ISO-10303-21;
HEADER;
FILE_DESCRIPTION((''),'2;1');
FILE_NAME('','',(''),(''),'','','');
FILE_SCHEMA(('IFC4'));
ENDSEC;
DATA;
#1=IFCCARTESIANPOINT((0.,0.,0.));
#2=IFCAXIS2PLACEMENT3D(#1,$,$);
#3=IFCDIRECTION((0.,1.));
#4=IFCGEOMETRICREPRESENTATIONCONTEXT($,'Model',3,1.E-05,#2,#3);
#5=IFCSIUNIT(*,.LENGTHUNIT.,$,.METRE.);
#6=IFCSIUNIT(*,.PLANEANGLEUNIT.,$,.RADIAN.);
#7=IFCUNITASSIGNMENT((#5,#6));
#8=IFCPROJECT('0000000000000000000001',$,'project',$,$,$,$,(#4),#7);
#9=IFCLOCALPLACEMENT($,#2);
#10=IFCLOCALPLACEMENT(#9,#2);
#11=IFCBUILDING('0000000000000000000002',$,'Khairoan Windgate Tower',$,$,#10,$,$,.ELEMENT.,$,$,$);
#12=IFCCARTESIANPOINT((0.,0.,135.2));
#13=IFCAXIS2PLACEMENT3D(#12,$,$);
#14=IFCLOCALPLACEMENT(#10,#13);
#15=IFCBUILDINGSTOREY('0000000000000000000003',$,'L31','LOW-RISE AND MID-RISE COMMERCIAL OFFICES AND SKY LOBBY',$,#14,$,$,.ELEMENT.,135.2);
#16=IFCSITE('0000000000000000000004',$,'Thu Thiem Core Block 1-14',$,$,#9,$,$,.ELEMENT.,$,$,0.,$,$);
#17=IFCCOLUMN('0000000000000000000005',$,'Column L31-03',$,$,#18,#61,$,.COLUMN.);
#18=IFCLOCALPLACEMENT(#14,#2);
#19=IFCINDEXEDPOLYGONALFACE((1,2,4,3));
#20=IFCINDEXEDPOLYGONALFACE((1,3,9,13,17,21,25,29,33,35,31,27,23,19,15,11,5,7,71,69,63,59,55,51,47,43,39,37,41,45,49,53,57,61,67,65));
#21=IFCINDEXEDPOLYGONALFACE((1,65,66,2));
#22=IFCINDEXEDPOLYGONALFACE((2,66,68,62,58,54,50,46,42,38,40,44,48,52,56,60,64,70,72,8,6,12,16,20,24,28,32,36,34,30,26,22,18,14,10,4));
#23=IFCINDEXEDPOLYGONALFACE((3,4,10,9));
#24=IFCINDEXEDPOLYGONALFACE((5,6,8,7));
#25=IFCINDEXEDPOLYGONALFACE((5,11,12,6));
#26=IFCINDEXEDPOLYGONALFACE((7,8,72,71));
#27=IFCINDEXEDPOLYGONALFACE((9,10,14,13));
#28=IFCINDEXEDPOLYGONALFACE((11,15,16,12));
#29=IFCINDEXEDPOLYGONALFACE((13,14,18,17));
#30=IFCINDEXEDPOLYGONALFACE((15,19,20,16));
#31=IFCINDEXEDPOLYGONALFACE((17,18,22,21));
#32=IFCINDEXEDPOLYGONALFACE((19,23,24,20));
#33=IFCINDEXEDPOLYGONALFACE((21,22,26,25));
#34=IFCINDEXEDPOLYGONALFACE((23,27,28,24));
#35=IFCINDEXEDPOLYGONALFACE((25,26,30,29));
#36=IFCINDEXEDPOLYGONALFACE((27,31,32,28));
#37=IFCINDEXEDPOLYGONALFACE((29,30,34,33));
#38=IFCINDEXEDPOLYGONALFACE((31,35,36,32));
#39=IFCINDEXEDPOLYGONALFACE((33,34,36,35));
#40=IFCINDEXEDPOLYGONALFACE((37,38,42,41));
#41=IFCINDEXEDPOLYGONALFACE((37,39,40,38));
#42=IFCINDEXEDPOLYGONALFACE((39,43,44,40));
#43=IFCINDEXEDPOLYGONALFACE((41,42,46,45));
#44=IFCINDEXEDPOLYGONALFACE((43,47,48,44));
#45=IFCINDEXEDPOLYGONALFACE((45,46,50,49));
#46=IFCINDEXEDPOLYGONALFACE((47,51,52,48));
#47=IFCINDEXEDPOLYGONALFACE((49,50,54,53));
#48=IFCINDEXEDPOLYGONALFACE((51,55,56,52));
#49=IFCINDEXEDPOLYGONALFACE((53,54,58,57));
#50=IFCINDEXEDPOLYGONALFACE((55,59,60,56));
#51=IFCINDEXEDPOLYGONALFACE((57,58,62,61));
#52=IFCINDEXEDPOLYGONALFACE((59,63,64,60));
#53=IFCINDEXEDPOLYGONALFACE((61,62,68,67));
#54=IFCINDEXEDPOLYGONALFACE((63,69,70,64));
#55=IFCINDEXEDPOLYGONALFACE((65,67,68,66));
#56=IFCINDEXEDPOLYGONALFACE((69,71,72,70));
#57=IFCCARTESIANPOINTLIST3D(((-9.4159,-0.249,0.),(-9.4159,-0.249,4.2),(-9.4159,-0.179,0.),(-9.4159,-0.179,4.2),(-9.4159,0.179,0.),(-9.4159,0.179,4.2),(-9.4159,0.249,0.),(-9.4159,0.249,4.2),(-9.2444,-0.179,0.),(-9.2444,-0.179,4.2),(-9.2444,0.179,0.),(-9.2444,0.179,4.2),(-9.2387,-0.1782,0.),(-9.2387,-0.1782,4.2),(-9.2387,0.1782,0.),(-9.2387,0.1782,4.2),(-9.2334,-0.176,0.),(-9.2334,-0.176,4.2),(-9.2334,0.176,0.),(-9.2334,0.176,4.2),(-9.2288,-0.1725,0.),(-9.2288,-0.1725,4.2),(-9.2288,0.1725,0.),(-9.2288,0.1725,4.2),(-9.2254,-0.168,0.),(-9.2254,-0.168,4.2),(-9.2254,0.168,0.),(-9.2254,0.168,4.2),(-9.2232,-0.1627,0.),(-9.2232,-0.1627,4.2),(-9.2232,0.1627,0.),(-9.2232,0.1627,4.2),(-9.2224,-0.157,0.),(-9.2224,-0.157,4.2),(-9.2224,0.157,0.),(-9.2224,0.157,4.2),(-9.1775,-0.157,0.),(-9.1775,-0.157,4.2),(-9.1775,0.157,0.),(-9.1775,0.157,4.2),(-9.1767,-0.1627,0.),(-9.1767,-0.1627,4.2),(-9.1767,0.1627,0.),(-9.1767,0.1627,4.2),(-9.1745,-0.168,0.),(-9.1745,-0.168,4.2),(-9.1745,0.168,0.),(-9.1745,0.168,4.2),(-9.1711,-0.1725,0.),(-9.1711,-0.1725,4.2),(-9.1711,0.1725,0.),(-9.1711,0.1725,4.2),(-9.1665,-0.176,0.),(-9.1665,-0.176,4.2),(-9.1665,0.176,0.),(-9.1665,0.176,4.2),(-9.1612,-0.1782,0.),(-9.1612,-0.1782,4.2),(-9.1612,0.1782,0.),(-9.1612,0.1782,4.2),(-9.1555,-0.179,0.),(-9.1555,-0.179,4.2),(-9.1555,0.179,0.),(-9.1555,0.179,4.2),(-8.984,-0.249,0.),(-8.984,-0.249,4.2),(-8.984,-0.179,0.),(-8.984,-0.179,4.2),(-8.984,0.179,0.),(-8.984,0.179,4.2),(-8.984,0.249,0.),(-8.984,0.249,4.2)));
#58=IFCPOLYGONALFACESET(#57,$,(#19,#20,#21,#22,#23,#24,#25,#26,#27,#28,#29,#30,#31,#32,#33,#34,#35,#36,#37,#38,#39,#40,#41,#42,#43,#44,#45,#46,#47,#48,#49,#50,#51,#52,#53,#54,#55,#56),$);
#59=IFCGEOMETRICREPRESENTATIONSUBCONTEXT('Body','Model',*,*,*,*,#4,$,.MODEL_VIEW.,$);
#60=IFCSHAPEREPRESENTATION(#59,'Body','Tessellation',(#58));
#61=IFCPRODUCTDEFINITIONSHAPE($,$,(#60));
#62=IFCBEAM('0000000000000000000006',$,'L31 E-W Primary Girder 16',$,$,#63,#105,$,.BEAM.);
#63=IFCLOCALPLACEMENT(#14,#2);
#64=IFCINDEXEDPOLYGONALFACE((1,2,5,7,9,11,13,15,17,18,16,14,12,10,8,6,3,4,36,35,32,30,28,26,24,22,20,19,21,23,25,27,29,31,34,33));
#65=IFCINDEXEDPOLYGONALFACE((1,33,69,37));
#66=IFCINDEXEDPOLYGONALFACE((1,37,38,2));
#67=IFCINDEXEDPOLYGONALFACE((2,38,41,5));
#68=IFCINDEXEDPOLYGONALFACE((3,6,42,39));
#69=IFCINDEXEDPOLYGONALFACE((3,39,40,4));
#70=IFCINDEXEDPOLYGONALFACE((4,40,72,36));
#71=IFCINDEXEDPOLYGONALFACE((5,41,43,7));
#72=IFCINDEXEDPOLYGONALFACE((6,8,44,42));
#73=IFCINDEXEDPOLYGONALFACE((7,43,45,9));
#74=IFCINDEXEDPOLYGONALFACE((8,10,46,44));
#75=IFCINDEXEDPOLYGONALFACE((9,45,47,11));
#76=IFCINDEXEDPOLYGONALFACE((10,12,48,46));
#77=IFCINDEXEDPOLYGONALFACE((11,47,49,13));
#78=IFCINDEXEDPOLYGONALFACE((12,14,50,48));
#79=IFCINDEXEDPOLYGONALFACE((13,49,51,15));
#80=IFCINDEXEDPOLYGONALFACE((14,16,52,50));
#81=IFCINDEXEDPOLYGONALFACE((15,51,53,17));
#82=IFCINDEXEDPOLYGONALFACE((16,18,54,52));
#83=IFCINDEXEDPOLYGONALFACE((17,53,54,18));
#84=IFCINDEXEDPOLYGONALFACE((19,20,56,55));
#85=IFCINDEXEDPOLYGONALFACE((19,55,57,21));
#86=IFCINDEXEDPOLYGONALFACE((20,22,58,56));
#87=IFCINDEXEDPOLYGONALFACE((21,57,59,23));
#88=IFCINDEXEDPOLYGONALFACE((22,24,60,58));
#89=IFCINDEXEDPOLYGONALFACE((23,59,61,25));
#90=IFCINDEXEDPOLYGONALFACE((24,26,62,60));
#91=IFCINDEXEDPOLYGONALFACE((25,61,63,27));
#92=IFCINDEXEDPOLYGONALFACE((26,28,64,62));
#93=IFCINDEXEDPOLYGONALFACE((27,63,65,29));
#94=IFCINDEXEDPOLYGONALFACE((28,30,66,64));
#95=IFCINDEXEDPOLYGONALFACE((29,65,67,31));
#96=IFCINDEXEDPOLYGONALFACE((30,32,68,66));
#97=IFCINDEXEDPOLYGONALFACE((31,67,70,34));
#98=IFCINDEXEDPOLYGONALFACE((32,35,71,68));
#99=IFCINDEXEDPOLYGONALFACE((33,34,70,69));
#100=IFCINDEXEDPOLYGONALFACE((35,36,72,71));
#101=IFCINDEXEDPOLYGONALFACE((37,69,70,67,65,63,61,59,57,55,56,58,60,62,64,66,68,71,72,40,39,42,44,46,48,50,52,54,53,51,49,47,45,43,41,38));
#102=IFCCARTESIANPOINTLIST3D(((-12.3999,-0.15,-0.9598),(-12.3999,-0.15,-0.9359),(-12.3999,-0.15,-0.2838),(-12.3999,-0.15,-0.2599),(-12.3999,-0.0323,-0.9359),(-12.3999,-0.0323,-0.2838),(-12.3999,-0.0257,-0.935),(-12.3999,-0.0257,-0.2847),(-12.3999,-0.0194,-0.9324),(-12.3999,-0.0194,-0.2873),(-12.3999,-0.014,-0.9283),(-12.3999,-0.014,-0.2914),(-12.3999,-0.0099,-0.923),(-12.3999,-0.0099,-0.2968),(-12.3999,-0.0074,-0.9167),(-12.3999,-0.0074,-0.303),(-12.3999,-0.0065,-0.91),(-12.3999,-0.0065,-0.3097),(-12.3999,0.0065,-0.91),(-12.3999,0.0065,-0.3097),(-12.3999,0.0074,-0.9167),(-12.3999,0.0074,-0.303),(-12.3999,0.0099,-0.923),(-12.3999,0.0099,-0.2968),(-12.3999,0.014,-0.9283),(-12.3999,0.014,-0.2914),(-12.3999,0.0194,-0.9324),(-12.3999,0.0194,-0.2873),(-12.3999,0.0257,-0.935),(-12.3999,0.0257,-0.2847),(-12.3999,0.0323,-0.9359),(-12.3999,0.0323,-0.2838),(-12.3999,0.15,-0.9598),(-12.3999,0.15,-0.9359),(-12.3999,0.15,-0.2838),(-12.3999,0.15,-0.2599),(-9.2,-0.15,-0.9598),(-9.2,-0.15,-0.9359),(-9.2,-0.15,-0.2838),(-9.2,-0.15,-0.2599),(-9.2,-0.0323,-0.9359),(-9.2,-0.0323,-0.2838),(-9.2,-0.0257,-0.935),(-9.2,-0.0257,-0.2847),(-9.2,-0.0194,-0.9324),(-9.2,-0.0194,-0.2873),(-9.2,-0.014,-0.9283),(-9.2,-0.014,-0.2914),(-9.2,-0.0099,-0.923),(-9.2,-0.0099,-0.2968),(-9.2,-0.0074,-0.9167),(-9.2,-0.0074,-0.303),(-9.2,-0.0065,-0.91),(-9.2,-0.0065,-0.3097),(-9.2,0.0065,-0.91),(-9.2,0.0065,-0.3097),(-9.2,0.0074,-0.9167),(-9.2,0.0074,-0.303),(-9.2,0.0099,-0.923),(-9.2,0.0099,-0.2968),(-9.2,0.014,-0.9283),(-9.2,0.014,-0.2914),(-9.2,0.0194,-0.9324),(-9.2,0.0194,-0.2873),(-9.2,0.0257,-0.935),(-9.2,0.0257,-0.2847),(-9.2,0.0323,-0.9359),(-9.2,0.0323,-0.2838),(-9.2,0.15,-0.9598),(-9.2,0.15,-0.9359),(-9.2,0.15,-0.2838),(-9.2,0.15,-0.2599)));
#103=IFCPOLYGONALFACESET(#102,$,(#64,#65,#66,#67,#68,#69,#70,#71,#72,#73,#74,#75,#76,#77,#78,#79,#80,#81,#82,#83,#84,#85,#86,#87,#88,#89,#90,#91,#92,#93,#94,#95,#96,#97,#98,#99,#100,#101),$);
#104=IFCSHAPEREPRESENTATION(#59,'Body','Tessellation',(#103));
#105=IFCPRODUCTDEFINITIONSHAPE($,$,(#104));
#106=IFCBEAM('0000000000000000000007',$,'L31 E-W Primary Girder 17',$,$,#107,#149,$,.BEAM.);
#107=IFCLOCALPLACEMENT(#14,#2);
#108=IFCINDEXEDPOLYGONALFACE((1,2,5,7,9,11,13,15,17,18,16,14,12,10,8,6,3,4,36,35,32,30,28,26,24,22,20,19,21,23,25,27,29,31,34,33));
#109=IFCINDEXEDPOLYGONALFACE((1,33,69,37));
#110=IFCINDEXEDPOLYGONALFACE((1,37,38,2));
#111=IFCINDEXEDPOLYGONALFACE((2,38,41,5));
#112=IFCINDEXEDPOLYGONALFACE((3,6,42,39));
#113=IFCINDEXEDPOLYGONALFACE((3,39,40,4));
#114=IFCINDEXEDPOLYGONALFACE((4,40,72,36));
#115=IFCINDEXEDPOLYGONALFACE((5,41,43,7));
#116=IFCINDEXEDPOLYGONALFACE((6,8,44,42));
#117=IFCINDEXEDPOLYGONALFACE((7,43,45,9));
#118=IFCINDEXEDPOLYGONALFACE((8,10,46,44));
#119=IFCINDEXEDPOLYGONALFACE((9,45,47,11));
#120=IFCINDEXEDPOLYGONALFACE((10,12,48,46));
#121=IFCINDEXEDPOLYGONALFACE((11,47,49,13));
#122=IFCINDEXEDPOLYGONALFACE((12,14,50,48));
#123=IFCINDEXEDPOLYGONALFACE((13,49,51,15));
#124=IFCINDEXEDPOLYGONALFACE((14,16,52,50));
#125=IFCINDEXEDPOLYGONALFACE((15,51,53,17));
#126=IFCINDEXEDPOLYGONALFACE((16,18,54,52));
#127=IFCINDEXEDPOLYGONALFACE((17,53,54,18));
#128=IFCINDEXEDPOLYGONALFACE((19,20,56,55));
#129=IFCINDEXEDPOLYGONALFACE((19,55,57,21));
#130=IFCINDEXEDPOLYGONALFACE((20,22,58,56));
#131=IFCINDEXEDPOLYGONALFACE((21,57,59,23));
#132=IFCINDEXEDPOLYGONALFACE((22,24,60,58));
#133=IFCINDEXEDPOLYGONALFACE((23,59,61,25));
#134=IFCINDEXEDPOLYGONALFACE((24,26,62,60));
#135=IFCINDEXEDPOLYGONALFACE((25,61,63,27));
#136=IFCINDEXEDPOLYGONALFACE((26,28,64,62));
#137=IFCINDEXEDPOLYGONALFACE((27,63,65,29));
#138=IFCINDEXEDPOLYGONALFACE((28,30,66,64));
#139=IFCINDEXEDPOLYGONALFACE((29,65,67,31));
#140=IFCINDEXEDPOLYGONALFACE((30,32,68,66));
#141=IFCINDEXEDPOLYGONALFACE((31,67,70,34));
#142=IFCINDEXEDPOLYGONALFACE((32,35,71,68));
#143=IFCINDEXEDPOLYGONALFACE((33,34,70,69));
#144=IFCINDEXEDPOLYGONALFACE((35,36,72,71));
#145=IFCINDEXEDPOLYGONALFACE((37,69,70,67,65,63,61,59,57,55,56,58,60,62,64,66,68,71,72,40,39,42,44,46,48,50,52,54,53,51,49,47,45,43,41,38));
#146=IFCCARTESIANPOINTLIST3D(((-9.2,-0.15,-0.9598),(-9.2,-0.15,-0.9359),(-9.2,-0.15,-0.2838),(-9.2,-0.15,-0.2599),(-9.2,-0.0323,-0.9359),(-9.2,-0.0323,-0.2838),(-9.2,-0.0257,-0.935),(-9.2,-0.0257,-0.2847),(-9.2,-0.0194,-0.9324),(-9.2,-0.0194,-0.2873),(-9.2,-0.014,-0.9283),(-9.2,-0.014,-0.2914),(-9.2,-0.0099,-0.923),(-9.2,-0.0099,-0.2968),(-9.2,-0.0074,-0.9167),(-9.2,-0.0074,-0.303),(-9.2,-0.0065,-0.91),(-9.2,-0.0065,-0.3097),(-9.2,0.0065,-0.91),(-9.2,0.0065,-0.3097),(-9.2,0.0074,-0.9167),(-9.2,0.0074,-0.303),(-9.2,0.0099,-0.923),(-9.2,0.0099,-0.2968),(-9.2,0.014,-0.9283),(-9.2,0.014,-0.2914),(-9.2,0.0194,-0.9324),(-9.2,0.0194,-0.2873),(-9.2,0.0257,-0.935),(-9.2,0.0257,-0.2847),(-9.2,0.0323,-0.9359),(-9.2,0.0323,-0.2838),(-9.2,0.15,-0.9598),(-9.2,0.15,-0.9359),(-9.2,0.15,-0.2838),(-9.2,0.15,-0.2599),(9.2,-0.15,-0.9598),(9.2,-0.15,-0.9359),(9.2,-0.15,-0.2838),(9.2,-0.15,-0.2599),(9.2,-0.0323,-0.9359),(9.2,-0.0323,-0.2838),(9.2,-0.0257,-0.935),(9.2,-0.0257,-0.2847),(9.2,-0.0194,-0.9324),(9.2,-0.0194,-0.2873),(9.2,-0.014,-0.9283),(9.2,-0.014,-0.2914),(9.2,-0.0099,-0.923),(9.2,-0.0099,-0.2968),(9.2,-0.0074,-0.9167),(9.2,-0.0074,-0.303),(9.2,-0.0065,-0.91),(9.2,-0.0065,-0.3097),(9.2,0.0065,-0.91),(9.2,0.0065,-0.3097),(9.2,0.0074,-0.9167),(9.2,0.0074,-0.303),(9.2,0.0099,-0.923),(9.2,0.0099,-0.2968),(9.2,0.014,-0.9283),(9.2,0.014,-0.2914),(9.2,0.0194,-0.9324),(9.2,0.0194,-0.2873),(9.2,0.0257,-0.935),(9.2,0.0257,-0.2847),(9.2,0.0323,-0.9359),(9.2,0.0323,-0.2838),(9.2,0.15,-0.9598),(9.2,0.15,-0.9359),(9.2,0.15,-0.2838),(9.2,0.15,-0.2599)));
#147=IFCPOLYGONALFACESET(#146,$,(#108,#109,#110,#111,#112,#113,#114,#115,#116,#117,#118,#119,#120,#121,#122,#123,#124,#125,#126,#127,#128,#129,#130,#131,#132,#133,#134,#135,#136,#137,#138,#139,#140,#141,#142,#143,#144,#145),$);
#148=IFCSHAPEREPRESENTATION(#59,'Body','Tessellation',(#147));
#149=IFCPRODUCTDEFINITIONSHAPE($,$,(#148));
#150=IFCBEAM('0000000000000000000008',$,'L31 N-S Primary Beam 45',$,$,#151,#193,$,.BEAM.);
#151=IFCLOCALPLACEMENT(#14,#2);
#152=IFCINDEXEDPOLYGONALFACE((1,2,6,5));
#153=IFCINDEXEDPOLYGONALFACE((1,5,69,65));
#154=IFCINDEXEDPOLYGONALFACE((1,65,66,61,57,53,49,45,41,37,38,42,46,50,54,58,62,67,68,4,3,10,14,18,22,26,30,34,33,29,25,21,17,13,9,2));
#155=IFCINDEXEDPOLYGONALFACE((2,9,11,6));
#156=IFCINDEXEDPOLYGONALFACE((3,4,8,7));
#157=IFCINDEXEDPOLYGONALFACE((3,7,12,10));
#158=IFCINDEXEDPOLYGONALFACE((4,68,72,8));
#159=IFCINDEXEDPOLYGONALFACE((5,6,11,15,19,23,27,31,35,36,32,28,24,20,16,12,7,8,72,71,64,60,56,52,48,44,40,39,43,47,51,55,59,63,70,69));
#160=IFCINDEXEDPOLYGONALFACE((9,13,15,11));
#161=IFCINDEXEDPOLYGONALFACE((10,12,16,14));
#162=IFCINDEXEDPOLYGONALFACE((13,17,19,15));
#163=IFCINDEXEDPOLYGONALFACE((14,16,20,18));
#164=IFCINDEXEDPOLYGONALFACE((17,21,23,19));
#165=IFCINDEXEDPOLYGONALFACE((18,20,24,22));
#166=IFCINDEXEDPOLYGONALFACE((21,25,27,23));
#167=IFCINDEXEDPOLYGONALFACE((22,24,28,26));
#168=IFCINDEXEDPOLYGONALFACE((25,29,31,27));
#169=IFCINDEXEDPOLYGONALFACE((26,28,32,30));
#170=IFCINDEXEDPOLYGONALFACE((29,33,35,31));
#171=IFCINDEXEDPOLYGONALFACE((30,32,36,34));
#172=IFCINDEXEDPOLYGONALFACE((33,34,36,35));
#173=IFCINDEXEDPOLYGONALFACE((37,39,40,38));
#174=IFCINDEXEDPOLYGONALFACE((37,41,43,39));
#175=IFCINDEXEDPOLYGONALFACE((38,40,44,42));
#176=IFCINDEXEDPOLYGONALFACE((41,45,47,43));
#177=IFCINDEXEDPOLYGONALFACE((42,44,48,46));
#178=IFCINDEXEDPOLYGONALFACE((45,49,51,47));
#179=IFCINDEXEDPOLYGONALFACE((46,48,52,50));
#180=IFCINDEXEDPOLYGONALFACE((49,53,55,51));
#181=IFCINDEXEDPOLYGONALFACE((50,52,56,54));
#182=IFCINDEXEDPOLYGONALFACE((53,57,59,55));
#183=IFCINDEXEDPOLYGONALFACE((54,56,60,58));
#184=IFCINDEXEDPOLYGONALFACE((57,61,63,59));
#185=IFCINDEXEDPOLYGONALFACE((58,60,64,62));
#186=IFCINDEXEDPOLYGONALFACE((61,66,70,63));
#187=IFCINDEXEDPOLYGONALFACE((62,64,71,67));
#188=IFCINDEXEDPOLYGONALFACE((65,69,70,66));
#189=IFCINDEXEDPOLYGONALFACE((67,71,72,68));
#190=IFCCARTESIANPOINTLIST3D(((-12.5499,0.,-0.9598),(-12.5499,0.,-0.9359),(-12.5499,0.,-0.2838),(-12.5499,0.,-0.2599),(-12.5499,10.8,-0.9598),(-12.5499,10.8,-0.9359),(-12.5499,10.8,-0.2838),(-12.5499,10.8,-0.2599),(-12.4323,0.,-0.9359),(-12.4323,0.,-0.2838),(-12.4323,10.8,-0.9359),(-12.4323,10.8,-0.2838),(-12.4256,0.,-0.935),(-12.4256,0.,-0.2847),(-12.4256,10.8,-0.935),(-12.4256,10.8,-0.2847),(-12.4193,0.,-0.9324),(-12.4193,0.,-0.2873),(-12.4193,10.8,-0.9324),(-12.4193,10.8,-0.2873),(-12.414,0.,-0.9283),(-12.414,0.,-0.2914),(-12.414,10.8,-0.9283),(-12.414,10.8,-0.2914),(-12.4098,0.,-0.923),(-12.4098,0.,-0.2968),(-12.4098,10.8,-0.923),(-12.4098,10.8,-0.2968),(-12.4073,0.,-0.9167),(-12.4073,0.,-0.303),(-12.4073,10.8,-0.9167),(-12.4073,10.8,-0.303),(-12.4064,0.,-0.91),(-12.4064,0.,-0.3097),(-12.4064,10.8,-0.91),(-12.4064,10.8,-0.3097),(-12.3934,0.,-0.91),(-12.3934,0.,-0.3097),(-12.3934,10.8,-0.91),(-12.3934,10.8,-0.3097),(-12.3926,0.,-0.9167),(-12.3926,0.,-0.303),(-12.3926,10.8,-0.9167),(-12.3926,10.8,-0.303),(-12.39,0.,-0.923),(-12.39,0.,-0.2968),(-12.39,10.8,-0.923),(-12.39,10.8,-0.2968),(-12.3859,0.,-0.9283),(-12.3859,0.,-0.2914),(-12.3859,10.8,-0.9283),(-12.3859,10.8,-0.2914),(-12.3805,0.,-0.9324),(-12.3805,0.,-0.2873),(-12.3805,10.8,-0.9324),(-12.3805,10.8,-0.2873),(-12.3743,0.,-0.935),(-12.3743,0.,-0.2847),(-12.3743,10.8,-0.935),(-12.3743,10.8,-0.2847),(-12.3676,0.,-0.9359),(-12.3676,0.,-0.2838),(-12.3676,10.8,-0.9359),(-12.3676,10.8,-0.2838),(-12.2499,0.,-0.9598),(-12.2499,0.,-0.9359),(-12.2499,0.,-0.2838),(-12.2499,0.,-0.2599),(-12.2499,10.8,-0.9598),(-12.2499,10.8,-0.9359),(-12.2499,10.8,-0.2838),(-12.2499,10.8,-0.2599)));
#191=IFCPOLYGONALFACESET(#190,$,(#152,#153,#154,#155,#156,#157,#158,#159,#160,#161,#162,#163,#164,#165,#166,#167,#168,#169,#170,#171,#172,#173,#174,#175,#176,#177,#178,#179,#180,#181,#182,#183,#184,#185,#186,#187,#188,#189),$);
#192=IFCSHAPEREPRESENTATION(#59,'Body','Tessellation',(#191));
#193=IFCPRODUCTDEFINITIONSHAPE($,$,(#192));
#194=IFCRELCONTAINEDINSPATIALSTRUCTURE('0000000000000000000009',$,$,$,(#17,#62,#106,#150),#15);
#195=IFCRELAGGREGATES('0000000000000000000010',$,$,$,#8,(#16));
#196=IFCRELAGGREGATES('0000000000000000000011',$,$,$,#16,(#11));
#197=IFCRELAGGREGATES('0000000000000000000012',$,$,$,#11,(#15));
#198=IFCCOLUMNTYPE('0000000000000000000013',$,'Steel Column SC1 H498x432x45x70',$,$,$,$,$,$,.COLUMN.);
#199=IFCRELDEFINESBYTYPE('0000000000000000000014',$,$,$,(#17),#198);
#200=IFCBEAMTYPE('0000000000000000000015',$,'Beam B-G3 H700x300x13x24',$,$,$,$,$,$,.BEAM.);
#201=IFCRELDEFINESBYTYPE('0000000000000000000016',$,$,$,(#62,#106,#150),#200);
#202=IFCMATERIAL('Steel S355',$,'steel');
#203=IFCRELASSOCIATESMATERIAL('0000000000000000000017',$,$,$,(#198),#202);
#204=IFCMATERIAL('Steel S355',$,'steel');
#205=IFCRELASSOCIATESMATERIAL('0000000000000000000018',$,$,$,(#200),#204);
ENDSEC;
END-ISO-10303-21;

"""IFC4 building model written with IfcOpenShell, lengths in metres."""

from ifc_helpers import new_model, si_unit, direction, frame, origin, origin_2d, place, context, subcontext, project, spatial, i_section, extrude, material, material_profile, profile_set, type_object, element, save


model = new_model("IFC4")

# Units and contexts
model_context = context("Model", 3, precision=1e-05, world=origin(), true_north=direction((0.0, 1.0)))
body_context = subcontext(model_context, "Body", "Model", "MODEL_VIEW")
ifc_project = project(units=[si_unit("LENGTHUNIT", "METRE"), si_unit("PLANEANGLEUNIT", "RADIAN")], contexts=[model_context])

# Site, building, storey
site_placement = place(None, origin())
site = spatial("IfcSite", under=ifc_project, at=site_placement, Name="Thu Thiem Core Block 1-14", CompositionType="ELEMENT", RefElevation=0.0)
building_placement = place(site_placement, origin())
building = spatial("IfcBuilding", under=site, at=building_placement, Name="Khairoan Windgate Tower", CompositionType="ELEMENT")
storey_placement = place(building_placement, frame((0.0, 0.0, 135.2)))
storey = spatial("IfcBuildingStorey", under=building, at=storey_placement, Name="L31", Description="LOW-RISE AND MID-RISE COMMERCIAL OFFICES AND SKY LOBBY", CompositionType="ELEMENT", Elevation=135.2)

# Column
ifc_material_1 = material(Name="Steel S355", Category="steel")
ifc_material_profile_1 = material_profile(ifc_material_1, i_section(OverallWidth=0.4319, OverallDepth=0.498, WebThickness=0.0449, FlangeThickness=0.0701, FilletRadius=0.022, at=origin_2d()))
ifc_profile_set_1 = profile_set([ifc_material_profile_1], Name="Steel S355")
column_type = type_object("IfcColumnType", Name="Steel Column SC1 H498x432x45x70", PredefinedType="COLUMN", material=ifc_profile_set_1)
column_placement = place(storey_placement, frame((-9.2, 0.0, 0.0), z_axis=(0.0, 0.0, 1.0), x_axis=(1.0, 0.0, 0.0)))
element("IfcColumn", 1, at=column_placement, inside=storey, type_object=column_type, Name="Column L31-03", PredefinedType="COLUMN", context=body_context, shape_type="SweptSolid", body=[
    extrude(i_section(OverallWidth=0.4319, OverallDepth=0.498, WebThickness=0.0449, FlangeThickness=0.0701, FilletRadius=0.022, at=origin_2d()), origin(), (0.0, 0.0, 1.0), 4.2),
])

# Beams
ifc_material_2 = material(Name="Steel S355", Category="steel")
ifc_material_profile_2 = material_profile(ifc_material_2, i_section(OverallWidth=0.3, OverallDepth=0.7, WebThickness=0.0129, FlangeThickness=0.0239, FilletRadius=0.0259, at=origin_2d()))
ifc_profile_set_2 = profile_set([ifc_material_profile_2], Name="Steel S355")
beam_type = type_object("IfcBeamType", Name="Beam B-G3 H700x300x13x24", PredefinedType="BEAM", material=ifc_profile_set_2)
beam_1_placement = place(storey_placement, frame((-12.3999, 0.0, -0.6099), z_axis=(1.0, 0.0, 0.0), x_axis=(0.0, 1.0, 0.0)))
element("IfcBeam", 2, at=beam_1_placement, inside=storey, type_object=beam_type, Name="L31 E-W Primary Girder 16", PredefinedType="BEAM", context=body_context, shape_type="SweptSolid", body=[
    extrude(i_section(OverallWidth=0.3, OverallDepth=0.7, WebThickness=0.0129, FlangeThickness=0.0239, FilletRadius=0.0259, at=origin_2d()), origin(), (0.0, 0.0, 1.0), 3.2),
])
beam_2_placement = place(storey_placement, frame((-9.2, 0.0, -0.6099), z_axis=(1.0, 0.0, 0.0), x_axis=(0.0, 1.0, 0.0)))
element("IfcBeam", 3, at=beam_2_placement, inside=storey, type_object=beam_type, Name="L31 E-W Primary Girder 17", PredefinedType="BEAM", context=body_context, shape_type="SweptSolid", body=[
    extrude(i_section(OverallWidth=0.3, OverallDepth=0.7, WebThickness=0.0129, FlangeThickness=0.0239, FilletRadius=0.0259, at=origin_2d()), origin(), (0.0, 0.0, 1.0), 18.3999),
])
for number, where, z_axis, x_axis, name in (
    (4, (-12.3999, 0.0, -0.6099), (0.0, 1.0, 0.0), (-1.0, 0.0, 0.0), "L31 N-S Primary Beam 45"),
):
    element("IfcBeam", number, at=place(storey_placement, frame(where, z_axis=z_axis, x_axis=x_axis)), inside=storey, type_object=beam_type, Name=name, PredefinedType="BEAM", context=body_context, shape_type="SweptSolid", body=[
        extrude(i_section(OverallWidth=0.3, OverallDepth=0.7, WebThickness=0.0129, FlangeThickness=0.0239, FilletRadius=0.0259, at=origin_2d()), origin(), (0.0, 0.0, 1.0), 10.8),
    ])

save(model, "model.ifc")
